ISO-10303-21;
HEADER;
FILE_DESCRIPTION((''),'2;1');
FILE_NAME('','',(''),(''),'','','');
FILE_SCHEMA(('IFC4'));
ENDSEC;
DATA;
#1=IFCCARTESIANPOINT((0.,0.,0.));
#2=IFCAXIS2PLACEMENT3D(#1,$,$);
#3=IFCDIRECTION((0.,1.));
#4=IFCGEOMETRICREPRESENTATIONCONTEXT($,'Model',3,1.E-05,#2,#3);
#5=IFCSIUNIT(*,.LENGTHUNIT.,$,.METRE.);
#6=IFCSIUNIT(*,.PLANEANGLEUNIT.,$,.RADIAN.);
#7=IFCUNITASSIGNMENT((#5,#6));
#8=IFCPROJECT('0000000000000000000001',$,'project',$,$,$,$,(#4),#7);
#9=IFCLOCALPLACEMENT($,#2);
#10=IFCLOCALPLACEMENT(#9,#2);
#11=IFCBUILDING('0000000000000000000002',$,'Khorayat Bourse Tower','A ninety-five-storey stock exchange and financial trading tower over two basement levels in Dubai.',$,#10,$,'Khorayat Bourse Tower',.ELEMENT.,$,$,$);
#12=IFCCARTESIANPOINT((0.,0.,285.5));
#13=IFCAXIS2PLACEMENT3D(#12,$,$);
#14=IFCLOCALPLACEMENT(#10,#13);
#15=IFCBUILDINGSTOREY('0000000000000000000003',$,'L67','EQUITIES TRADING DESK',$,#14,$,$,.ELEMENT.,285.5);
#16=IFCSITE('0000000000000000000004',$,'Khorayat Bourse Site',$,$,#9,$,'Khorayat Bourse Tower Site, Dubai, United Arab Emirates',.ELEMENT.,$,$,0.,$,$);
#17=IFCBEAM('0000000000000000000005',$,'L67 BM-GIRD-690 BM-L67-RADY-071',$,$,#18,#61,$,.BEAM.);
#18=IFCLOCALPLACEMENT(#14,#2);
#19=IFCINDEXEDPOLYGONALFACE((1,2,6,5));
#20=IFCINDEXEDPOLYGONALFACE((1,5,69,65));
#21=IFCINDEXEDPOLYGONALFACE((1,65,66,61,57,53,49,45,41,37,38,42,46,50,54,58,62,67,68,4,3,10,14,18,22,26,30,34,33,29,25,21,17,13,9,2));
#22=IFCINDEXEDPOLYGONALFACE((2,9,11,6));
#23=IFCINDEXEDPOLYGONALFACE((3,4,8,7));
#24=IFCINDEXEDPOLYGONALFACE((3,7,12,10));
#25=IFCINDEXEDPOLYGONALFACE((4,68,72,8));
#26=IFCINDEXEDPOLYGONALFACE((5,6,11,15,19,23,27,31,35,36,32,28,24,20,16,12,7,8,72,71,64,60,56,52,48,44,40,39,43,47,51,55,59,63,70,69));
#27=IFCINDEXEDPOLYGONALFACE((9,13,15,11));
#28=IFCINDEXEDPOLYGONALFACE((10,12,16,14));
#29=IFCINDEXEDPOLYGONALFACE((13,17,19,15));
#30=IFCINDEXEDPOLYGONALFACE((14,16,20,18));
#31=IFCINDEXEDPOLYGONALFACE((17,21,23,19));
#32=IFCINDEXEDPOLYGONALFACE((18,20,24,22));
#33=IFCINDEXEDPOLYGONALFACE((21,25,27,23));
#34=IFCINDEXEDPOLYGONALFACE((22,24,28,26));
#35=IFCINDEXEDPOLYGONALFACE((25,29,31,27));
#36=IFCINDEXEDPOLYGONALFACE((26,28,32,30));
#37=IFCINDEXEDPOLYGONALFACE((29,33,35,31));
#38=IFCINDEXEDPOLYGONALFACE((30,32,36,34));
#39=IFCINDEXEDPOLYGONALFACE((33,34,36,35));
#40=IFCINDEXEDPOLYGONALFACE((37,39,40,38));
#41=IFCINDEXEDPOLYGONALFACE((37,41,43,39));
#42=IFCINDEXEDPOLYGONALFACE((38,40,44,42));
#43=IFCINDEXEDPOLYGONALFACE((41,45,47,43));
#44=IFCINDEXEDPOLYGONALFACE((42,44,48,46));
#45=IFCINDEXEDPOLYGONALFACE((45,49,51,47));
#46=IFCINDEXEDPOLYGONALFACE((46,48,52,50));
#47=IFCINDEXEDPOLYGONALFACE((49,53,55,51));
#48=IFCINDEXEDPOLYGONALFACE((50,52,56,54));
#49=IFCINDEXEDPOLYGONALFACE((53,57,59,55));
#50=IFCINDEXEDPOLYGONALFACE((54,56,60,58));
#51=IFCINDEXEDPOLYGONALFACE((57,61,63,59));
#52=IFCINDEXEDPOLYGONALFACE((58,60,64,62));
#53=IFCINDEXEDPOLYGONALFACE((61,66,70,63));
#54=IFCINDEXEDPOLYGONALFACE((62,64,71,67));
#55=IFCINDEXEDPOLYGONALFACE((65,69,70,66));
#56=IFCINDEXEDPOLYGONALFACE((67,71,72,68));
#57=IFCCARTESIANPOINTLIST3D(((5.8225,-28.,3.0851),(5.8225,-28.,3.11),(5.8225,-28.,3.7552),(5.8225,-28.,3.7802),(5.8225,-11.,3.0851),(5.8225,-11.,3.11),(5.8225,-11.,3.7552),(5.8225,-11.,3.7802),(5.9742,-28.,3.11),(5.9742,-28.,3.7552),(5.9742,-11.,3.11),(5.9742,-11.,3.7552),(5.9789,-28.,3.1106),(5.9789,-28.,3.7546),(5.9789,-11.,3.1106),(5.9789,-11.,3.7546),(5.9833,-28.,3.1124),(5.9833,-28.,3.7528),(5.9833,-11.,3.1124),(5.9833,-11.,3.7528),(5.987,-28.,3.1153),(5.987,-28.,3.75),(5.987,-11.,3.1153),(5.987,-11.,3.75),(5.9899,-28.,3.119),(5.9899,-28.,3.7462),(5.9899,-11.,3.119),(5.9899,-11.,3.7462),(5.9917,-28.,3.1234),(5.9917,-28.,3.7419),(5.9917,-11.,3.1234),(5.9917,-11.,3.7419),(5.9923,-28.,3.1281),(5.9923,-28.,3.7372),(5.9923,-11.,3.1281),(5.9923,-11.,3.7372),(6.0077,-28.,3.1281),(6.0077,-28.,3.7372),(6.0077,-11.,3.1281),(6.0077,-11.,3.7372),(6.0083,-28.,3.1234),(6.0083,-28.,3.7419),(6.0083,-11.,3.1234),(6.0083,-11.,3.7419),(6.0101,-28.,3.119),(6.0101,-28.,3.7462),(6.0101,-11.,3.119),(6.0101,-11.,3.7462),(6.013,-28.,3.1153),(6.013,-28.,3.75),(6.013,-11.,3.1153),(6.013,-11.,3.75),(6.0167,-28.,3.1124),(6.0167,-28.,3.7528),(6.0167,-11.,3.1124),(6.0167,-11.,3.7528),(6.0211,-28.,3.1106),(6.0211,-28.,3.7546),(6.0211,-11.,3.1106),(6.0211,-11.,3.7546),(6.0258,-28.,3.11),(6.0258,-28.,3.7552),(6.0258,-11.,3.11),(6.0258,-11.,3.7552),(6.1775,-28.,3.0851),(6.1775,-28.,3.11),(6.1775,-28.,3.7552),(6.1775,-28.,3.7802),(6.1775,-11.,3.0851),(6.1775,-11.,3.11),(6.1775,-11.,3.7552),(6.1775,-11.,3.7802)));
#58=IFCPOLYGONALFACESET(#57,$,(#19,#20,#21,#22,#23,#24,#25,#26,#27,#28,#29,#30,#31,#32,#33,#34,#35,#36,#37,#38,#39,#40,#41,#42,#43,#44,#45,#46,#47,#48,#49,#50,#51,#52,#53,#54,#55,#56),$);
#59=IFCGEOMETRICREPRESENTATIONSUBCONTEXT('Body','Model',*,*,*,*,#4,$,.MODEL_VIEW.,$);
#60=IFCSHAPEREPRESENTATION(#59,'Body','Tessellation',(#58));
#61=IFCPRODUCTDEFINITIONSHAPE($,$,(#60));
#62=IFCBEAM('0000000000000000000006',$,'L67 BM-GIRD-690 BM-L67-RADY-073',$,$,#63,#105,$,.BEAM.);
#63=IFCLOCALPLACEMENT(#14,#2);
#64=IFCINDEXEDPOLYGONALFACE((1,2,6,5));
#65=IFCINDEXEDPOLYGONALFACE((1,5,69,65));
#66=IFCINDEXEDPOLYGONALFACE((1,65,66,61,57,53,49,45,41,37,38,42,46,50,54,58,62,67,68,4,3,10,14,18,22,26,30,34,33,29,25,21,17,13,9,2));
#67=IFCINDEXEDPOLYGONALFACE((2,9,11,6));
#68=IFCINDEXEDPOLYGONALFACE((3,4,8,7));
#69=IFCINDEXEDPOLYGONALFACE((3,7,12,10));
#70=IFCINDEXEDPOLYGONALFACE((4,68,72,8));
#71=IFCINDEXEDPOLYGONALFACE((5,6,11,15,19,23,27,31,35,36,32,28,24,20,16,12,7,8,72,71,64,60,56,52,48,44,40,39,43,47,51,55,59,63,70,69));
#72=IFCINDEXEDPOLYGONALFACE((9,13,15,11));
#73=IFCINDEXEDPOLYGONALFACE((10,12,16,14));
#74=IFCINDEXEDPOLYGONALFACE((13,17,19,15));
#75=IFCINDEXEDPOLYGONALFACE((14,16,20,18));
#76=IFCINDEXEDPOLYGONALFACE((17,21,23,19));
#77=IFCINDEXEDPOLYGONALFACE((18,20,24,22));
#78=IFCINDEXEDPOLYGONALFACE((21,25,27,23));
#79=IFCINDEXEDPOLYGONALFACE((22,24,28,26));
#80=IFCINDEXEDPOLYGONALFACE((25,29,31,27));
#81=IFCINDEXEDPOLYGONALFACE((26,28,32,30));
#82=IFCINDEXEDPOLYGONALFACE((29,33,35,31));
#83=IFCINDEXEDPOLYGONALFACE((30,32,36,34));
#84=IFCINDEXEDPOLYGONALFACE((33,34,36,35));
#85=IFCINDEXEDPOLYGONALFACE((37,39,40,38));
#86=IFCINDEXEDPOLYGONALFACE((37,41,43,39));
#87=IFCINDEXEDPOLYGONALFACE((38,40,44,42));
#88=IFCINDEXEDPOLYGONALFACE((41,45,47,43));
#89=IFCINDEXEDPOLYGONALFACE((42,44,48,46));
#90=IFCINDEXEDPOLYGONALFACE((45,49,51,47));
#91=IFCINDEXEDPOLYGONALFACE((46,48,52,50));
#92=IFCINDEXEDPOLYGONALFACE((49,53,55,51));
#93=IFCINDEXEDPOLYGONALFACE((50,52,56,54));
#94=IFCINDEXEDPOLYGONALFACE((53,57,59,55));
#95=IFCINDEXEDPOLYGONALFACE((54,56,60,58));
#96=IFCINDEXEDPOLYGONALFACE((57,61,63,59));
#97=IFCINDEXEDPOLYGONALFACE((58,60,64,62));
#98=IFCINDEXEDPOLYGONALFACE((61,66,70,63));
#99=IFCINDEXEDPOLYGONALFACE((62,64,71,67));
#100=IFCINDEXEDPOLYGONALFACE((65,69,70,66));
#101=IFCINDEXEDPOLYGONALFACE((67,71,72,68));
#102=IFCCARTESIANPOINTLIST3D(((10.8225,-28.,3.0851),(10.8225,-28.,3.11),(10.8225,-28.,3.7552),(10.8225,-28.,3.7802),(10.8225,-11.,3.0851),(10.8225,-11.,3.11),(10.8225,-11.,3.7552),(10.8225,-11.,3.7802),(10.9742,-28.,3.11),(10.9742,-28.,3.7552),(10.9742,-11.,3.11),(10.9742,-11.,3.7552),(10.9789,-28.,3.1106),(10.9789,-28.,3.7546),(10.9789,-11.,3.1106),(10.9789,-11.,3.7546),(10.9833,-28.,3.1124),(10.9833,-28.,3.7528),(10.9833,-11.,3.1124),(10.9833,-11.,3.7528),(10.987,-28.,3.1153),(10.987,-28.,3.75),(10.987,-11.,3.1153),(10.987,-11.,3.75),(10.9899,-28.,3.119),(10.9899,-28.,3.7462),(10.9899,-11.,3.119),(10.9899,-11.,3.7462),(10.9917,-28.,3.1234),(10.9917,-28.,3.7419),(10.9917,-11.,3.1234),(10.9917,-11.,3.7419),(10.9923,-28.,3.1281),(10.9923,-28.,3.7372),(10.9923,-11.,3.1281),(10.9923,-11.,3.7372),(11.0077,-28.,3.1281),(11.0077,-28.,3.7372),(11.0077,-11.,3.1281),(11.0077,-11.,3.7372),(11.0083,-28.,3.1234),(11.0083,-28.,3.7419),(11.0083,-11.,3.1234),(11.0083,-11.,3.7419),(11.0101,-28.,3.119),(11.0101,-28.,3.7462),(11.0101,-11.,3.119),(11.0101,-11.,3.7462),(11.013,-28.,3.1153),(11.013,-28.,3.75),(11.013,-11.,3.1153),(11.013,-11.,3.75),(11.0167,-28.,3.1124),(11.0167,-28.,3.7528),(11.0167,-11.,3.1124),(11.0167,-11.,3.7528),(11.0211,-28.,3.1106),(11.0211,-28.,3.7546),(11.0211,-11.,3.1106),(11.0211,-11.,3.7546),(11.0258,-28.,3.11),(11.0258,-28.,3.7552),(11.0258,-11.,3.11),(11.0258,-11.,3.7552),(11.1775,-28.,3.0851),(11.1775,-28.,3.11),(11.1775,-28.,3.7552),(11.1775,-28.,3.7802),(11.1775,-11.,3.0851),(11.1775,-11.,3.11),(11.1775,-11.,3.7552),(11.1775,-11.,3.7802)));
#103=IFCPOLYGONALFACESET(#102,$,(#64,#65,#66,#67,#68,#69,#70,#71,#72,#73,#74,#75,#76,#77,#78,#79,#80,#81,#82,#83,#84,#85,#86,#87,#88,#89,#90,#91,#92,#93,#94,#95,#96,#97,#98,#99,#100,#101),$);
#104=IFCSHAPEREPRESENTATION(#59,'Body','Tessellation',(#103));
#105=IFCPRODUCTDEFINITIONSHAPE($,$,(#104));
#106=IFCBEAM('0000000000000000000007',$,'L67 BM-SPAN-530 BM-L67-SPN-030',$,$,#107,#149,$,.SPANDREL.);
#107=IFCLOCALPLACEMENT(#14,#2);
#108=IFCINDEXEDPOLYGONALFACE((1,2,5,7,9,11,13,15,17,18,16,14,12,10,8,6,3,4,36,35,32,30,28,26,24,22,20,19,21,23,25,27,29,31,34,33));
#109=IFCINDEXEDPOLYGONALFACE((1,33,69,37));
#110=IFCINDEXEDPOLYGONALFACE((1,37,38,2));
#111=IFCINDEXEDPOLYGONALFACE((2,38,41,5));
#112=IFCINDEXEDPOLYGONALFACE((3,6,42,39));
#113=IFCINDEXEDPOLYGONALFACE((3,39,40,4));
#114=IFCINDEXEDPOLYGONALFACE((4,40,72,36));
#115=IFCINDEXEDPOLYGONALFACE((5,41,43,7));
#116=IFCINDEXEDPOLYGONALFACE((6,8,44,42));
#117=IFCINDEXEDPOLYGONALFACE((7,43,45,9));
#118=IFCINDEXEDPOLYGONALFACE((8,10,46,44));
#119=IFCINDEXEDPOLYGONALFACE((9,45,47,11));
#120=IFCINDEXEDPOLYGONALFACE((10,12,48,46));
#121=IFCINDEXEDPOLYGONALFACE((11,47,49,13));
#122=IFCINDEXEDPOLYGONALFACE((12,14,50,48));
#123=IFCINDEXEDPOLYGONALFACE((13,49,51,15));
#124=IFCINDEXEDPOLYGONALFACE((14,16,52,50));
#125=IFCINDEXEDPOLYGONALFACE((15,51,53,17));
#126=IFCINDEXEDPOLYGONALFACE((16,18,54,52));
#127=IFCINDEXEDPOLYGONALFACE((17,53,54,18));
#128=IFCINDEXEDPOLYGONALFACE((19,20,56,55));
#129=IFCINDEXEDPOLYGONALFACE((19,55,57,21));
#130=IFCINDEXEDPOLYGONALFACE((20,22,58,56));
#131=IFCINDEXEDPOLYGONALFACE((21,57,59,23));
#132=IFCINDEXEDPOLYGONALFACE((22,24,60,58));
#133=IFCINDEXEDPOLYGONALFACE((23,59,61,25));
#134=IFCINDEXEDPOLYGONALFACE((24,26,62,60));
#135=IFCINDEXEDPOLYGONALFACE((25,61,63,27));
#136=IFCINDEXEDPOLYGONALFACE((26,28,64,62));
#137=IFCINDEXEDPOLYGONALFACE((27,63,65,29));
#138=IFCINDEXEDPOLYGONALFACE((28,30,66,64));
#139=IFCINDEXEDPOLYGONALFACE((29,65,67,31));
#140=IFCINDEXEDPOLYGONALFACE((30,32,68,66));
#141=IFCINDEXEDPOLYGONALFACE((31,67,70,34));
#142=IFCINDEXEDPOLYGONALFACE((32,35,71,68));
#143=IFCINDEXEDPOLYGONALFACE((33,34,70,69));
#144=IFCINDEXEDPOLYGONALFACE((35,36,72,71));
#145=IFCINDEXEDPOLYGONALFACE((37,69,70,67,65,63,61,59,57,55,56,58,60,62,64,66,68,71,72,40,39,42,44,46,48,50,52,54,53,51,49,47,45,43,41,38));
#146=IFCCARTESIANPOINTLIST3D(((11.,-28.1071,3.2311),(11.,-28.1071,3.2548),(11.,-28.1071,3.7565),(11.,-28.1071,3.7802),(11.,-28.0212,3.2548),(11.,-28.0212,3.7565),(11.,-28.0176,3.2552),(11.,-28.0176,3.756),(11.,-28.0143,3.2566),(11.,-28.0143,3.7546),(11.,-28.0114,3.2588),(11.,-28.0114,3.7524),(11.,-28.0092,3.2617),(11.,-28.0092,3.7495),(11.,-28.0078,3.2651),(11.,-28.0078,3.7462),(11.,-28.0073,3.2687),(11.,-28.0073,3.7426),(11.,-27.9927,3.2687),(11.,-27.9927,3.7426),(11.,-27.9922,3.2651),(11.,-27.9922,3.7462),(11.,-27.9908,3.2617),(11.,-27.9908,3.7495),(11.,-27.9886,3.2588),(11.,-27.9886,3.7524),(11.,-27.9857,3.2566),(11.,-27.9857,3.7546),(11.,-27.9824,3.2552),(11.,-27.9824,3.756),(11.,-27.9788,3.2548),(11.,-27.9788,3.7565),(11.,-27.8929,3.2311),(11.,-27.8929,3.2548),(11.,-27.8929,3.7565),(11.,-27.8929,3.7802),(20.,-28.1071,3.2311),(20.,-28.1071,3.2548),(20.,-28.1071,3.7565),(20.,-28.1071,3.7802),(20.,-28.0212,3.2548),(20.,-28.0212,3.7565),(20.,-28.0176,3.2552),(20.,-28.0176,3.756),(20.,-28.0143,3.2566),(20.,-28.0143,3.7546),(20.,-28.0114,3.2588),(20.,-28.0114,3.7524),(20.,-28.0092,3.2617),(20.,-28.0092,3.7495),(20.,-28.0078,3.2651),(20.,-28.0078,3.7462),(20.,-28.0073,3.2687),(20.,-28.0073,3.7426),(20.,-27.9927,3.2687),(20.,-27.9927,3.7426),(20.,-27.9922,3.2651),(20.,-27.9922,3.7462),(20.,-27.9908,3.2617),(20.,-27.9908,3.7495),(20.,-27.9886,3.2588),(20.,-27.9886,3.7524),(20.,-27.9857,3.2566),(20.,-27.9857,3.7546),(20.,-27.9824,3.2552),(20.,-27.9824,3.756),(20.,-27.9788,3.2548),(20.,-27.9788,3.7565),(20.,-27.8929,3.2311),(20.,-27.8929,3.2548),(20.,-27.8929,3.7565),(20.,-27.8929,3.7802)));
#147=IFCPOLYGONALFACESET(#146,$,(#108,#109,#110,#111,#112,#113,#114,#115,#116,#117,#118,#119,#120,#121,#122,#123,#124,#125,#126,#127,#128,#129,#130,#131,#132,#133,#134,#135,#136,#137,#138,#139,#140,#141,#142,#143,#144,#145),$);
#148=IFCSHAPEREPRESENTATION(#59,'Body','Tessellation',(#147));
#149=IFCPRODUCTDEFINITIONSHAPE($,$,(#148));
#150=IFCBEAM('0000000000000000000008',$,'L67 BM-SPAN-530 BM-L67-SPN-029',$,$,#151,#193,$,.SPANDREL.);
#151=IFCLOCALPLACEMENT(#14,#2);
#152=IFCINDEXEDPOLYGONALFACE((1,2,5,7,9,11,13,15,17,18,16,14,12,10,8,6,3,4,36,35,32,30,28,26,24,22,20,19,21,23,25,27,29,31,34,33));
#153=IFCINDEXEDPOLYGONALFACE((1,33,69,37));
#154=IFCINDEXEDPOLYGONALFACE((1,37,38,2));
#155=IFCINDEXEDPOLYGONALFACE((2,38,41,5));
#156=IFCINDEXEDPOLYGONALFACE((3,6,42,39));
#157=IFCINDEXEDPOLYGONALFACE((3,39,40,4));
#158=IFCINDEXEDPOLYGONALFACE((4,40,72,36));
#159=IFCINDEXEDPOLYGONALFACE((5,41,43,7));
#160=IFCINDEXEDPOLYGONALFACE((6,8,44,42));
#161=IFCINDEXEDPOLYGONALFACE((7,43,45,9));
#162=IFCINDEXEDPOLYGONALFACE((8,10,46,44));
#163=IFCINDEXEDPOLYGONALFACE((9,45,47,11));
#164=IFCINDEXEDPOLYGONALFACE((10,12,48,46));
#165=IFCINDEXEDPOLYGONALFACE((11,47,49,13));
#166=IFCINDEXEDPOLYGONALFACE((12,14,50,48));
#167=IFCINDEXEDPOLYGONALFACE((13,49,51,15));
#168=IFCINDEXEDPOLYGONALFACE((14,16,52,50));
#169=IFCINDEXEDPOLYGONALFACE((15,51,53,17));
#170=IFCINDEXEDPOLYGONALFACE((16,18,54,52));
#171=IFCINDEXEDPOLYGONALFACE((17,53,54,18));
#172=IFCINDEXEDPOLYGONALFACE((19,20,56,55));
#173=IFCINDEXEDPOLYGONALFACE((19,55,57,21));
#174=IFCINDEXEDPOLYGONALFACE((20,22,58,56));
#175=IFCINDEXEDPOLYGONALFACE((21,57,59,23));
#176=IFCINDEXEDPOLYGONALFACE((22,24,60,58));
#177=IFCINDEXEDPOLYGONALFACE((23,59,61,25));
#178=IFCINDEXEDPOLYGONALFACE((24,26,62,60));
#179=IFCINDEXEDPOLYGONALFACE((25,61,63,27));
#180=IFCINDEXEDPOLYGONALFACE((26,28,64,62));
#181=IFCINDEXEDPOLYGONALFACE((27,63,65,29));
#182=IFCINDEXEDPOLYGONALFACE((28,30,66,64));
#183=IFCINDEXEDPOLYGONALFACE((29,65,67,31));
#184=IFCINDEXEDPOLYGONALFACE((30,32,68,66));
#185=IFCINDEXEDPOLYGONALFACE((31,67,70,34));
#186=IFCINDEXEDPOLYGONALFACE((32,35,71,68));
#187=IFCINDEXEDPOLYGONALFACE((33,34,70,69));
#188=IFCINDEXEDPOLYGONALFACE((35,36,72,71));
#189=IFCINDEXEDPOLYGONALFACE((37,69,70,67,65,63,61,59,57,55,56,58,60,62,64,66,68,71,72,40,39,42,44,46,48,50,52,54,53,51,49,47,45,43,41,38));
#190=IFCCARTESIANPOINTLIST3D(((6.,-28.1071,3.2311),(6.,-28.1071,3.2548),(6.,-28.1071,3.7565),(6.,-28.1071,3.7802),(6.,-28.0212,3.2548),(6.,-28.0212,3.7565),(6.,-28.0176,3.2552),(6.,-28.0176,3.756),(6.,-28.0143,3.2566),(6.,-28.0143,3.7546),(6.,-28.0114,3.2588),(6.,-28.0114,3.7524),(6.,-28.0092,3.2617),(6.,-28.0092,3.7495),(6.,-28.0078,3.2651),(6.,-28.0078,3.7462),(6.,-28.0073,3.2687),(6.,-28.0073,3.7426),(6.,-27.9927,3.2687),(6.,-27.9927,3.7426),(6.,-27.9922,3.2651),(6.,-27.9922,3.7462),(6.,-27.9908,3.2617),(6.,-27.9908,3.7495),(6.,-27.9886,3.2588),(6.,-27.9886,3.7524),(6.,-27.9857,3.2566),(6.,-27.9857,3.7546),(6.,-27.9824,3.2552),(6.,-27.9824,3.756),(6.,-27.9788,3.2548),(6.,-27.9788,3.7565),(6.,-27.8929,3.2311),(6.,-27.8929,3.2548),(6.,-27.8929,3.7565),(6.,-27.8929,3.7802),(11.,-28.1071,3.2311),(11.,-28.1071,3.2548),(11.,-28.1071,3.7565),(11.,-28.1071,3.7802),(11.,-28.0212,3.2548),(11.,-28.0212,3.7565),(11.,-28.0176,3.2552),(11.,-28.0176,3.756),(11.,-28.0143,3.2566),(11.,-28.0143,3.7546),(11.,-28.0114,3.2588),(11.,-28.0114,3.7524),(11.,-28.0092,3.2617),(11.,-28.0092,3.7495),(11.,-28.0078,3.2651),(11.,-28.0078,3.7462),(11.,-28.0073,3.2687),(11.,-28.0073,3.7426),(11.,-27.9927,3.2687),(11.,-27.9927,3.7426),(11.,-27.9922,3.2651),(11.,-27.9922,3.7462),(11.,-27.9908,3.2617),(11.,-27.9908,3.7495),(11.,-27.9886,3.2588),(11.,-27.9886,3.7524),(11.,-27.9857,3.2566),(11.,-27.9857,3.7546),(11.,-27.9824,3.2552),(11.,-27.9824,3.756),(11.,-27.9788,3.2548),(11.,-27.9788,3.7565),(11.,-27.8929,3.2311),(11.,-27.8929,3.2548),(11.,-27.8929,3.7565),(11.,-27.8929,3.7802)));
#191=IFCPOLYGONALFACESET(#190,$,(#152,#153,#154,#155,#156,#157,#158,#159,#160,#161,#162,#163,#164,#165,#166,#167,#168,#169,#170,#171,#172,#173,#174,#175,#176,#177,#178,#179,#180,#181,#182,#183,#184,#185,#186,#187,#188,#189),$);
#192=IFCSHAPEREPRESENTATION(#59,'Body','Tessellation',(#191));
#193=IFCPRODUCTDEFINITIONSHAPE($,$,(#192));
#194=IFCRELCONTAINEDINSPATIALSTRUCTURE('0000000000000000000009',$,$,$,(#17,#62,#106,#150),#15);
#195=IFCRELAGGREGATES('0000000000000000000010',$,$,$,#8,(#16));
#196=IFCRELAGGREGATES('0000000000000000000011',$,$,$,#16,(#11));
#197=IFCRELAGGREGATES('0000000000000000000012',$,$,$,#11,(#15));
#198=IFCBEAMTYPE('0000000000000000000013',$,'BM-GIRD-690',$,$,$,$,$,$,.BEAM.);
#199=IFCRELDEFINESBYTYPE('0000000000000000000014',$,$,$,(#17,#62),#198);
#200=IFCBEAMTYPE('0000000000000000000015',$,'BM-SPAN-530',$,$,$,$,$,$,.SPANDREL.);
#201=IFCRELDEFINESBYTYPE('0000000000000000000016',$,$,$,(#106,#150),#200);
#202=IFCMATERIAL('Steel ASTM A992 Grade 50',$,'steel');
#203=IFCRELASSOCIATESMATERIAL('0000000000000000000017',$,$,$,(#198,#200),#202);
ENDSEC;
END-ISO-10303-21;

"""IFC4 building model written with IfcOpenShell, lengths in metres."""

from ifc_helpers import new_model, si_unit, direction, frame, origin, origin_2d, place, context, subcontext, project, spatial, i_section, extrude, source, transform, mapped, material, material_profile, profile_set, type_object, element, save


model = new_model("IFC4")

# Units and contexts
model_context = context("Model", 3, precision=1e-05, world=origin(), true_north=direction((0.0, 1.0)))
body_context = subcontext(model_context, "Body", "Model", "MODEL_VIEW")
ifc_project = project(units=[si_unit("LENGTHUNIT", "METRE"), si_unit("PLANEANGLEUNIT", "RADIAN")], contexts=[model_context])

# Site, building, storey
site_placement = place(None, origin())
site = spatial("IfcSite", under=ifc_project, at=site_placement, Name="Khorayat Bourse Site", LongName="Khorayat Bourse Tower Site, Dubai, United Arab Emirates", CompositionType="ELEMENT", RefElevation=0.0)
building_placement = place(site_placement, origin())
building = spatial("IfcBuilding", under=site, at=building_placement, Name="Khorayat Bourse Tower", Description="A ninety-five-storey stock exchange and financial trading tower over two basement levels in Dubai.", LongName="Khorayat Bourse Tower", CompositionType="ELEMENT")
storey_placement = place(building_placement, frame((0.0, 0.0, 285.5)))
storey = spatial("IfcBuildingStorey", under=building, at=storey_placement, Name="L67", Description="EQUITIES TRADING DESK", CompositionType="ELEMENT", Elevation=285.5)

# Shared definitions
ifc_material_1 = material(Name="Steel ASTM A992 Grade 50", Category="steel")
ifc_material_profile_1 = material_profile(ifc_material_1, i_section(OverallWidth=0.355, OverallDepth=0.6951, WebThickness=0.0154, FlangeThickness=0.0249, FilletRadius=0.0181, at=origin_2d()), Name="W690X217")
ifc_profile_set_1 = profile_set([ifc_material_profile_1], Name="Steel ASTM A992 Grade 50")
beam_type_1 = type_object("IfcBeamType", Name="BM-GIRD-690", PredefinedType="BEAM", material=ifc_profile_set_1)

# Beams
shared_shape_1 = source(origin(), body_context, "Body", "SweptSolid", [
    extrude(i_section(OverallWidth=0.355, OverallDepth=0.6951, WebThickness=0.0154, FlangeThickness=0.0249, FilletRadius=0.0181, at=origin_2d()), origin(), (0.0, 0.0, 1.0), 17.0),
])
for number, where, z_axis, x_axis, name in (
    (1, (6.0, -28.0, 3.4326), (0.0, 1.0, 0.0), (-1.0, 0.0, 0.0), "L67 BM-GIRD-690 BM-L67-RADY-071"),
    (2, (11.0, -28.0, 3.4326), (0.0, 1.0, 0.0), (-1.0, 0.0, 0.0), "L67 BM-GIRD-690 BM-L67-RADY-073"),
):
    element("IfcBeam", number, at=place(storey_placement, frame(where, z_axis=z_axis, x_axis=x_axis)), inside=storey, type_object=beam_type_1, Name=name, PredefinedType="BEAM", context=body_context, shape_type="MappedRepresentation", body=[
        mapped(shared_shape_1, transform((0.0, 0.0, 0.0), scale=1.0)),
    ])
ifc_material_profile_2 = material_profile(ifc_material_1, i_section(OverallWidth=0.2141, OverallDepth=0.5491, WebThickness=0.0146, FlangeThickness=0.0237, FilletRadius=0.0139, at=origin_2d()), Name="W530X138")
ifc_profile_set_2 = profile_set([ifc_material_profile_2], Name="Steel ASTM A992 Grade 50")
beam_type_2 = type_object("IfcBeamType", Name="BM-SPAN-530", PredefinedType="SPANDREL", material=ifc_profile_set_2)
shared_shape_2 = source(origin(), body_context, "Body", "SweptSolid", [
    extrude(i_section(OverallWidth=0.2141, OverallDepth=0.5491, WebThickness=0.0146, FlangeThickness=0.0237, FilletRadius=0.0139, at=origin_2d()), origin(), (0.0, 0.0, 1.0), 9.0),
])
beam_1_placement = place(storey_placement, frame((11.0, -28.0, 3.5056), z_axis=(1.0, 0.0, 0.0), x_axis=(0.0, 1.0, 0.0)))
element("IfcBeam", 3, at=beam_1_placement, inside=storey, type_object=beam_type_2, Name="L67 BM-SPAN-530 BM-L67-SPN-030", PredefinedType="SPANDREL", context=body_context, shape_type="MappedRepresentation", body=[
    mapped(shared_shape_2, transform((0.0, 0.0, 0.0), scale=1.0)),
])
shared_shape_3 = source(origin(), body_context, "Body", "SweptSolid", [
    extrude(i_section(OverallWidth=0.2141, OverallDepth=0.5491, WebThickness=0.0146, FlangeThickness=0.0237, FilletRadius=0.0139, at=origin_2d()), origin(), (0.0, 0.0, 1.0), 5.0),
])
beam_2_placement = place(storey_placement, frame((6.0, -28.0, 3.5056), z_axis=(1.0, 0.0, 0.0), x_axis=(0.0, 1.0, 0.0)))
element("IfcBeam", 4, at=beam_2_placement, inside=storey, type_object=beam_type_2, Name="L67 BM-SPAN-530 BM-L67-SPN-029", PredefinedType="SPANDREL", context=body_context, shape_type="MappedRepresentation", body=[
    mapped(shared_shape_3, transform((0.0, 0.0, 0.0), scale=1.0)),
])

save(model, "model.ifc")
